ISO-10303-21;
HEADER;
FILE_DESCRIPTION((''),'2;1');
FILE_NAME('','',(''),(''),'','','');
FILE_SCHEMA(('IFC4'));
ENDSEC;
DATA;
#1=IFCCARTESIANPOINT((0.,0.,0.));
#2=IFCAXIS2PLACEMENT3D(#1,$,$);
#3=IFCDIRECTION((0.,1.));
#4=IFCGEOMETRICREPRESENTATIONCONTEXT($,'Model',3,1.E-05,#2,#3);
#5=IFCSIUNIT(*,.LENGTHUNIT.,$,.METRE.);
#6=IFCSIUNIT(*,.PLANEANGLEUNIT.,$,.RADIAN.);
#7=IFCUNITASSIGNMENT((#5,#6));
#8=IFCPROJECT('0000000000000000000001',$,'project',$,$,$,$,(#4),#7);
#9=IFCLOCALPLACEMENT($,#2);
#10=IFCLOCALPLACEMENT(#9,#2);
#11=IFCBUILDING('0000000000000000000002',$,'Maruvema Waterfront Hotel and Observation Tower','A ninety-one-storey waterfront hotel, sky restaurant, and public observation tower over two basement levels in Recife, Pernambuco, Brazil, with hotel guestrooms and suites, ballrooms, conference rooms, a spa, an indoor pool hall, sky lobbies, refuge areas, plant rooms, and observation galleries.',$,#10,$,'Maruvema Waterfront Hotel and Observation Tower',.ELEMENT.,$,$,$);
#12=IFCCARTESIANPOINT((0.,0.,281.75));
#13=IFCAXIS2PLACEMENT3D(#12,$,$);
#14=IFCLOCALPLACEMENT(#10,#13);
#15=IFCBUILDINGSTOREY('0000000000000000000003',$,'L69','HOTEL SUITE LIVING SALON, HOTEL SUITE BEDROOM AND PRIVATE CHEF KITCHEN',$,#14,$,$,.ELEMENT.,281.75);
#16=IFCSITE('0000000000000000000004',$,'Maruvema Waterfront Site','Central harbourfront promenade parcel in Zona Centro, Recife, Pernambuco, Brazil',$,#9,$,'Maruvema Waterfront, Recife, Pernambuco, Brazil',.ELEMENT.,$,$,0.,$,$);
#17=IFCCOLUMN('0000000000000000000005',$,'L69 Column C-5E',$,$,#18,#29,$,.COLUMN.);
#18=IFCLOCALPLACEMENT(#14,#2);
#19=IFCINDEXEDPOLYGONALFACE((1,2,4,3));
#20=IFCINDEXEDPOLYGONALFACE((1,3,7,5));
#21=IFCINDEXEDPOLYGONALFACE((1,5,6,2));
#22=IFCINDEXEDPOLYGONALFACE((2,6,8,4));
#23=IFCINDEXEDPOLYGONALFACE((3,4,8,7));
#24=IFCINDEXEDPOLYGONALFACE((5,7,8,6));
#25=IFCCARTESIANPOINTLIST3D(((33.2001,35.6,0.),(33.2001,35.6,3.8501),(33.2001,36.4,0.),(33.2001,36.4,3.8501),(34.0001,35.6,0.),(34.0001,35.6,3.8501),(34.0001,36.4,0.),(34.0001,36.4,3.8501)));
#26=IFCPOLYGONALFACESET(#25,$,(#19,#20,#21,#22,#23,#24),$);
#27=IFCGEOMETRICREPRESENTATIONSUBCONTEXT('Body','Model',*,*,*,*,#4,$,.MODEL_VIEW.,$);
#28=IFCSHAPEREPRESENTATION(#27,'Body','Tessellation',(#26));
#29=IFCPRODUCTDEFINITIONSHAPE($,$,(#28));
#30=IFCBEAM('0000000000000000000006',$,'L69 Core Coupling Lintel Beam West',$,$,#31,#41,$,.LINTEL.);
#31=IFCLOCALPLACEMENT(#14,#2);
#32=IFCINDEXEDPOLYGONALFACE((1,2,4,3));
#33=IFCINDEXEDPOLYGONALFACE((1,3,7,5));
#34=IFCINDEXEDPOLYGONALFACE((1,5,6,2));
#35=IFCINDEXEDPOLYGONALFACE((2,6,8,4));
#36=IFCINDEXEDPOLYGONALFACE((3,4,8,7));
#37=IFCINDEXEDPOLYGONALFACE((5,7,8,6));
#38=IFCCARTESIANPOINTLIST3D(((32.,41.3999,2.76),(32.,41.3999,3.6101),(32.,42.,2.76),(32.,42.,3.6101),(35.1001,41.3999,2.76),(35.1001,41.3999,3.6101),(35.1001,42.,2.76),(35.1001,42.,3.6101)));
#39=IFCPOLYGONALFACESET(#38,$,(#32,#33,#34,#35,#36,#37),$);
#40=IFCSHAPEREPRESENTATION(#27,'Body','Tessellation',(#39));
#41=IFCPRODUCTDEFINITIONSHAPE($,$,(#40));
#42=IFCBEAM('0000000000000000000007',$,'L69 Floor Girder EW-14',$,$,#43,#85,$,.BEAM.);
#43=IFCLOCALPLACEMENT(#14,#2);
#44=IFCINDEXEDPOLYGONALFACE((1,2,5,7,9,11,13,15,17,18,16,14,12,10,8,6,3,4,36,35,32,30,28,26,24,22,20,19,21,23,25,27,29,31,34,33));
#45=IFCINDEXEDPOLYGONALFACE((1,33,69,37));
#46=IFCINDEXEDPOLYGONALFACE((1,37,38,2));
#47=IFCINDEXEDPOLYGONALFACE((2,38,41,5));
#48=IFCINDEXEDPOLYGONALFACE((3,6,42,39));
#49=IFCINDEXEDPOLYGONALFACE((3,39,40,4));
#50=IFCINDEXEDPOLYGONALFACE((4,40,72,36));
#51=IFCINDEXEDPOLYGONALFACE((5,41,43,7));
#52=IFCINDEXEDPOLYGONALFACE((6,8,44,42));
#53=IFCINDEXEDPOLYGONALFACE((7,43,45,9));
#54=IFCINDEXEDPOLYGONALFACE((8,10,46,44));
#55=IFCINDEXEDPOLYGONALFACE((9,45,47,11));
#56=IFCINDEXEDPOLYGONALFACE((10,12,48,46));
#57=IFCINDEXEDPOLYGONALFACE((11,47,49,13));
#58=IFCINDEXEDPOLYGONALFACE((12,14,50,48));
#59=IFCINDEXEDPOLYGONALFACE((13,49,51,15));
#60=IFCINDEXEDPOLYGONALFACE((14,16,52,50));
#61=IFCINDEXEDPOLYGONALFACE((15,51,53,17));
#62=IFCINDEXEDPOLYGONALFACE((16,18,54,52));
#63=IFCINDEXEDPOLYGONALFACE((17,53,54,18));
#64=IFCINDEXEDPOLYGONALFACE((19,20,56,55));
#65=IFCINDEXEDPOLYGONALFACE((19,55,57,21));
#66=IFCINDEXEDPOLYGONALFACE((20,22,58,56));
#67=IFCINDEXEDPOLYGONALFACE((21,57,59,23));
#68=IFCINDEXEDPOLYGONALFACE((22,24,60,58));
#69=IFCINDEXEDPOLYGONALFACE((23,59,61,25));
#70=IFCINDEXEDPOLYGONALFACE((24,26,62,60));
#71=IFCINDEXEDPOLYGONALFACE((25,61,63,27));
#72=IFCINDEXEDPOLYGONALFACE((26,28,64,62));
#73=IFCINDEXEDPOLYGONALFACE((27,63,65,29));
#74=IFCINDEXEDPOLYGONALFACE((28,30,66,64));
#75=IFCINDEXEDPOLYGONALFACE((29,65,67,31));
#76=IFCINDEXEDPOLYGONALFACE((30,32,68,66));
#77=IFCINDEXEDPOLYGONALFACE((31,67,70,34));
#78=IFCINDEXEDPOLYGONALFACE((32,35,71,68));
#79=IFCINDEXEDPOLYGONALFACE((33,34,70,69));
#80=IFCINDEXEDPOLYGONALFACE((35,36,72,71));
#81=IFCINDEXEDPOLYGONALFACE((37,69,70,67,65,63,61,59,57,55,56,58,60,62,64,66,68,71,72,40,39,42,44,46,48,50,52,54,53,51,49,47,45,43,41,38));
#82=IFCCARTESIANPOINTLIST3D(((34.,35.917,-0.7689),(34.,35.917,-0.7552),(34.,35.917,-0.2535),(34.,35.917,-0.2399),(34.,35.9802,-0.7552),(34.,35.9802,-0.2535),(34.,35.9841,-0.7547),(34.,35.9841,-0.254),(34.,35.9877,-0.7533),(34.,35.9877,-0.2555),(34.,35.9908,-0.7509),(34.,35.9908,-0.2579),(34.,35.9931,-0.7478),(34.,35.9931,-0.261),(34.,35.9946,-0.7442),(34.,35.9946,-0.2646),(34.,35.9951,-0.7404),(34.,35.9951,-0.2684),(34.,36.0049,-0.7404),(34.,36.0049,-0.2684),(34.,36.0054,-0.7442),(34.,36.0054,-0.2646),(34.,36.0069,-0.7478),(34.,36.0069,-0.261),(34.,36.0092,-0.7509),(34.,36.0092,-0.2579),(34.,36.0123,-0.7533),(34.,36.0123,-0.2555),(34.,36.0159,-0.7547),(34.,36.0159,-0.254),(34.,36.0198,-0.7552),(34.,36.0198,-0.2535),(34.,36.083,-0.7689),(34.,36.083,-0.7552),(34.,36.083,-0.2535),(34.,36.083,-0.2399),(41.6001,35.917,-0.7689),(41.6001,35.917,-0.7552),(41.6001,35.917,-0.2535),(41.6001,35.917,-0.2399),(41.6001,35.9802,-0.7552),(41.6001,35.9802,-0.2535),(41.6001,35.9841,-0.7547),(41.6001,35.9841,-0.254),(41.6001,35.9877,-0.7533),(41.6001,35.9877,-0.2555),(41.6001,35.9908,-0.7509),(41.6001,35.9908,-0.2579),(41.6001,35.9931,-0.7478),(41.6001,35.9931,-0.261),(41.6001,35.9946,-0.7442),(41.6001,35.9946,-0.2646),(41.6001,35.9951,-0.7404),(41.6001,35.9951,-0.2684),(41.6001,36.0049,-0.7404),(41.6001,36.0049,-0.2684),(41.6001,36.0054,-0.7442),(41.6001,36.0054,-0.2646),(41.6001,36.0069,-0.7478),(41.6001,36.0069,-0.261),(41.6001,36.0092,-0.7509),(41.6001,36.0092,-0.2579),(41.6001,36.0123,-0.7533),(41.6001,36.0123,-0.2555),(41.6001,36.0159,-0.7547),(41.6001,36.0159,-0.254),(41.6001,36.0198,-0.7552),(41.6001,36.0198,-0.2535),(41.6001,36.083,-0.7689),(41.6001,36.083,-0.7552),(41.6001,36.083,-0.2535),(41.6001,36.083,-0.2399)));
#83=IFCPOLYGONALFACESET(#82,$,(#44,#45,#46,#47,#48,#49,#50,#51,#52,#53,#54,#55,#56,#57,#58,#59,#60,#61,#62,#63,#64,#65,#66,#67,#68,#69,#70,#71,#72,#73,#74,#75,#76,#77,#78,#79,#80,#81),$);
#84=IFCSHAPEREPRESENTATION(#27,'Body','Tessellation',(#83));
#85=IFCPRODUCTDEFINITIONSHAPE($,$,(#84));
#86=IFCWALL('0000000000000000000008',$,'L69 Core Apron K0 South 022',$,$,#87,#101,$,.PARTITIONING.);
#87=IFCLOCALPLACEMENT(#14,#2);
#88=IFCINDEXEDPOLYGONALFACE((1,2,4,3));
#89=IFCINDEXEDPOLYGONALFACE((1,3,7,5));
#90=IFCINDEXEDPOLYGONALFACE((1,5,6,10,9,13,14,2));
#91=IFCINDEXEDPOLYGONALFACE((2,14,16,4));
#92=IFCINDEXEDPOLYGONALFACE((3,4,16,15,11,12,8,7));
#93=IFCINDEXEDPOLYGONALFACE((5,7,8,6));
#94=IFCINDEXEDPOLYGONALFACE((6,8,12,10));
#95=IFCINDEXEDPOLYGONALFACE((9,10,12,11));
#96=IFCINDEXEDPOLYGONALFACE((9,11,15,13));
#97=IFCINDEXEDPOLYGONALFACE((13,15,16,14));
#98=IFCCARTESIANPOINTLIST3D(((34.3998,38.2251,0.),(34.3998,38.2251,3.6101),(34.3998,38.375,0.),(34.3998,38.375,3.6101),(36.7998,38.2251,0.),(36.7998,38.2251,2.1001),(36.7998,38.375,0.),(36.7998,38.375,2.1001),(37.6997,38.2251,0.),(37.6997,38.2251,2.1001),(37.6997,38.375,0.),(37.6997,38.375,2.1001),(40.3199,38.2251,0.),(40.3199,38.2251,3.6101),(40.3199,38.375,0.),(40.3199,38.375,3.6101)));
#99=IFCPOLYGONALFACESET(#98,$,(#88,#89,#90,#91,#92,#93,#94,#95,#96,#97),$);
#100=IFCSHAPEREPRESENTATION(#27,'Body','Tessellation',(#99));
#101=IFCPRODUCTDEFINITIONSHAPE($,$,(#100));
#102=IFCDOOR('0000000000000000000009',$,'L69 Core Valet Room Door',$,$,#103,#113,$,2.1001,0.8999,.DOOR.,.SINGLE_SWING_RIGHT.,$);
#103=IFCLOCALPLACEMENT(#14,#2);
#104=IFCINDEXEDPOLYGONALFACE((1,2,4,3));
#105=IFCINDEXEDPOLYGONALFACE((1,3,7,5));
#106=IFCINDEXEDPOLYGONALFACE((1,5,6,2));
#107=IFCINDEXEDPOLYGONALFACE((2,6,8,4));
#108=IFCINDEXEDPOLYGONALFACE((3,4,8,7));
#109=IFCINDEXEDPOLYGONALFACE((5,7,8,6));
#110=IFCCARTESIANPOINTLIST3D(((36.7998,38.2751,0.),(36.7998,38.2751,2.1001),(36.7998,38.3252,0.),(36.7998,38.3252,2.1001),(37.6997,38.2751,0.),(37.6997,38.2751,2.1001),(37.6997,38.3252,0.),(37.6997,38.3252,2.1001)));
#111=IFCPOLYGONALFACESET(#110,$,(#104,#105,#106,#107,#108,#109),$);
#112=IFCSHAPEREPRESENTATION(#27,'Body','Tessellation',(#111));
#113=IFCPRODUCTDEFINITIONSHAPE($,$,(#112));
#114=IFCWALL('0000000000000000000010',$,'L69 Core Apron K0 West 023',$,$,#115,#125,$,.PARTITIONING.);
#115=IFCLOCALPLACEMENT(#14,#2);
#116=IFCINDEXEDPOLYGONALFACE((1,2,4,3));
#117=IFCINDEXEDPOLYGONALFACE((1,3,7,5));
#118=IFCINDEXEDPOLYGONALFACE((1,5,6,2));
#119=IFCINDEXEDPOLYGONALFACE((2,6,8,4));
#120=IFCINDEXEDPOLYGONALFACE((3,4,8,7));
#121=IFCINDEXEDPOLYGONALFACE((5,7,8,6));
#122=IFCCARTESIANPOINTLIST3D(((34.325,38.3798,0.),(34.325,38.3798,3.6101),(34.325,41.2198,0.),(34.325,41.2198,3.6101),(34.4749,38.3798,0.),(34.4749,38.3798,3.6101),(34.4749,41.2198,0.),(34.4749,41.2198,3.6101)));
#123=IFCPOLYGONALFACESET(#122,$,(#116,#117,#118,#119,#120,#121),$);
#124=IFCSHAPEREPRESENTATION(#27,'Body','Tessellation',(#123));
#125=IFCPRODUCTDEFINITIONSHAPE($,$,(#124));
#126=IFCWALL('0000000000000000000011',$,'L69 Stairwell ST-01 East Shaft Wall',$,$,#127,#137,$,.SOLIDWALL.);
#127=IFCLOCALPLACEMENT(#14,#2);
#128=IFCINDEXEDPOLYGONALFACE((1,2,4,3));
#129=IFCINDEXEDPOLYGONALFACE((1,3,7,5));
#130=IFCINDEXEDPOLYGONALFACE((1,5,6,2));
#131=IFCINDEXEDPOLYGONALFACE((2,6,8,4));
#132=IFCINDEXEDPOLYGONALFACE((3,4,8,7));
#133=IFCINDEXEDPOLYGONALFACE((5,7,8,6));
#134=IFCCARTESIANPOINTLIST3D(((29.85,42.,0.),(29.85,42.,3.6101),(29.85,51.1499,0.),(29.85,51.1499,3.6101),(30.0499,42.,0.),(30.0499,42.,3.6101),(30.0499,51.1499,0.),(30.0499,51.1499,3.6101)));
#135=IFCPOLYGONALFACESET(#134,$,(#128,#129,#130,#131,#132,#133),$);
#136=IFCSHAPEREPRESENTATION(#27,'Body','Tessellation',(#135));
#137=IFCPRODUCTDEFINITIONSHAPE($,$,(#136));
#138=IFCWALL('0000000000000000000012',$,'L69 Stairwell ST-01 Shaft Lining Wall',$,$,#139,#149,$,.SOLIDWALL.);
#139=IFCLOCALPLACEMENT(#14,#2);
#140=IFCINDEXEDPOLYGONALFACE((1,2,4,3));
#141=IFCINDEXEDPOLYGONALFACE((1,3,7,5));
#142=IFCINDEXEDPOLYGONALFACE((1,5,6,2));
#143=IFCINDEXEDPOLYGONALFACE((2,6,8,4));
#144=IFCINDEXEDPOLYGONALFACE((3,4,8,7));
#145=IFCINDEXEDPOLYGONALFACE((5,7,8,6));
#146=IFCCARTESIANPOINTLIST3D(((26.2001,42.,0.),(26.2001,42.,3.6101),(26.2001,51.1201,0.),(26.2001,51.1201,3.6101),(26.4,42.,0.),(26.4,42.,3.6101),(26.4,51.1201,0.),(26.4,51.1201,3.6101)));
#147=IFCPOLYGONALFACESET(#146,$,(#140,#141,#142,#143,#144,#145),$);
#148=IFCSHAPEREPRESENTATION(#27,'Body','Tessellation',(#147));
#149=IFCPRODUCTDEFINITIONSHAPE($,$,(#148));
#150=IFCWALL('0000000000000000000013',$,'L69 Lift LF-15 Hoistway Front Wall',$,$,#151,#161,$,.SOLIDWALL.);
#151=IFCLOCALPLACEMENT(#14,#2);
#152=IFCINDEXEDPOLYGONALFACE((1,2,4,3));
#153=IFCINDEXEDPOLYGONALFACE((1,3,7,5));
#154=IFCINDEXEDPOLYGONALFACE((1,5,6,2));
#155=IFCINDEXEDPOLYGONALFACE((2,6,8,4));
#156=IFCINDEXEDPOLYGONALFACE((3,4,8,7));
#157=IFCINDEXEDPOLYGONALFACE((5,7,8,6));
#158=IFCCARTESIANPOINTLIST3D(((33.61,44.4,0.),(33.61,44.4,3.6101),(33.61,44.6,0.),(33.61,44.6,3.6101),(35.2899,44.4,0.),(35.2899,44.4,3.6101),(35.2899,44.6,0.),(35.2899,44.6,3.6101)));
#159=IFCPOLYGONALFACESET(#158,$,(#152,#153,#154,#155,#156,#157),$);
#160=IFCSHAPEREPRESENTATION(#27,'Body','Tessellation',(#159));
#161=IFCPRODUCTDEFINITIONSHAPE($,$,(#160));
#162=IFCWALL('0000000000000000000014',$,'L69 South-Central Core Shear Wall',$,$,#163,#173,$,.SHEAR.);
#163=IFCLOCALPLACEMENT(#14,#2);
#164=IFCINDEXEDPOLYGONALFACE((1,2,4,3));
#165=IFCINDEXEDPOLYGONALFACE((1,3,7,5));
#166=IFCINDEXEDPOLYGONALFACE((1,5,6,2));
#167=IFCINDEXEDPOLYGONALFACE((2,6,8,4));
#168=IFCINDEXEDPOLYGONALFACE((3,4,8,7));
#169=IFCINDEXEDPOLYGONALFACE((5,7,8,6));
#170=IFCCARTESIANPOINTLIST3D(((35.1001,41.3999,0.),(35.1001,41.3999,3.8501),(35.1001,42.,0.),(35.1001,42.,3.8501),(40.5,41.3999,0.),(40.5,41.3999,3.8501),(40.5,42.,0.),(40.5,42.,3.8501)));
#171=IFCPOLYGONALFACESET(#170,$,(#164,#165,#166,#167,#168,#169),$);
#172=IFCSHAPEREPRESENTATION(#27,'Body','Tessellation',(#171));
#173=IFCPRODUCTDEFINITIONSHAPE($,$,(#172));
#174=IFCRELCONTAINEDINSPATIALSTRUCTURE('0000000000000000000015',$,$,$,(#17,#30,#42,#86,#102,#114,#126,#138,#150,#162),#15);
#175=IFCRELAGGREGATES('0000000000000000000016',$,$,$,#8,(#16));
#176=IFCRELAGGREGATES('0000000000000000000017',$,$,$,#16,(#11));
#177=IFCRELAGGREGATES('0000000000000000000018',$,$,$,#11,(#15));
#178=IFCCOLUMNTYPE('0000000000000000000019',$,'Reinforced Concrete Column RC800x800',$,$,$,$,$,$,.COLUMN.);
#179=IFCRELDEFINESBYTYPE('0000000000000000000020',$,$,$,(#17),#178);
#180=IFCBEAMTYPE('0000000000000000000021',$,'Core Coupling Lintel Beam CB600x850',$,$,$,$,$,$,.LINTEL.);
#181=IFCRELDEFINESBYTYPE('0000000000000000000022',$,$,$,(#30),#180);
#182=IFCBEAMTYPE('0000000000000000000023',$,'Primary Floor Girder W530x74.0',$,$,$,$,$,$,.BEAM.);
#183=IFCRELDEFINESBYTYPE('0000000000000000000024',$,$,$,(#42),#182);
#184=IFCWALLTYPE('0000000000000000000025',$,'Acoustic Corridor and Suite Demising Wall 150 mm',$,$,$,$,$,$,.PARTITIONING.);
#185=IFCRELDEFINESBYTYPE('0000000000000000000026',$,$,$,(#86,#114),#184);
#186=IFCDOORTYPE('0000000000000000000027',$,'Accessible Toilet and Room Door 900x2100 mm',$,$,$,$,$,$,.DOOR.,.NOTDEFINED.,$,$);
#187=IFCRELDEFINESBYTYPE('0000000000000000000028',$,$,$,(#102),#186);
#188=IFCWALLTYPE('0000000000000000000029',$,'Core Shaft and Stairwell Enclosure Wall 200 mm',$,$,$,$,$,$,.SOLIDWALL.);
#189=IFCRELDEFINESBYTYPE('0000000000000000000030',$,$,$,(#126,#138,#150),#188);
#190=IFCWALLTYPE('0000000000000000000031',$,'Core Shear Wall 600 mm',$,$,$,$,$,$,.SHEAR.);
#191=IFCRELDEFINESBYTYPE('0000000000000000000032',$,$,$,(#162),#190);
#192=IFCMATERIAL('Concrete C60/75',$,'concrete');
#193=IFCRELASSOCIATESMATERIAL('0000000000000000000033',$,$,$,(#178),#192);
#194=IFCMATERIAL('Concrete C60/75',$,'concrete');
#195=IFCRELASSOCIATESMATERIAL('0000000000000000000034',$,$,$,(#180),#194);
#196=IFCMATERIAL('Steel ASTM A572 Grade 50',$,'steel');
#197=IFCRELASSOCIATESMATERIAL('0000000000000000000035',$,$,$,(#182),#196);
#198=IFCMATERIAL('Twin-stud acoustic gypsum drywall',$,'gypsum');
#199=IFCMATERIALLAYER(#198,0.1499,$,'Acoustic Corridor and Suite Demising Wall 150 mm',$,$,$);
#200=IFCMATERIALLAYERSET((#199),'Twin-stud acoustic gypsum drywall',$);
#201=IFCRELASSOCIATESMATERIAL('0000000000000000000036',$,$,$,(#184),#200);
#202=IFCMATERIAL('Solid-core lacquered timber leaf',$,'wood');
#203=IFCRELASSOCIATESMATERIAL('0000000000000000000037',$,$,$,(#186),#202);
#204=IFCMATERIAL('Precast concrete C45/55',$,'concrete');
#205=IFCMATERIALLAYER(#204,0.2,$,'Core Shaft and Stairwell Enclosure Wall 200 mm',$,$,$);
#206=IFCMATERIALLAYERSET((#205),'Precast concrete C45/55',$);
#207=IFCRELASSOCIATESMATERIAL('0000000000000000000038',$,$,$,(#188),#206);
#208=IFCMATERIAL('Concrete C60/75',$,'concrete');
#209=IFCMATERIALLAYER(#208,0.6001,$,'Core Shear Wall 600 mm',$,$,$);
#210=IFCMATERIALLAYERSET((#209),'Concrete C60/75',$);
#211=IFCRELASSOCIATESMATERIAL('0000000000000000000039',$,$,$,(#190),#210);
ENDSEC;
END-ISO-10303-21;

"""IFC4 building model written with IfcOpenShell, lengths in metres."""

from ifc_helpers import new_model, si_unit, direction, frame, frame_2d, origin, origin_2d, place, context, subcontext, project, spatial, rectangle, i_section, extrude, material, layer, layer_set, material_profile, profile_set, type_object, element, fill, save


model = new_model("IFC4")

# Units and contexts
model_context = context("Model", 3, precision=1e-05, world=origin(), true_north=direction((0.0, 1.0)))
body_context = subcontext(model_context, "Body", "Model", "MODEL_VIEW")
ifc_project = project(units=[si_unit("LENGTHUNIT", "METRE"), si_unit("PLANEANGLEUNIT", "RADIAN")], contexts=[model_context])

# Site, building, storey
site_placement = place(None, origin())
site = spatial("IfcSite", under=ifc_project, at=site_placement, Name="Maruvema Waterfront Site", Description="Central harbourfront promenade parcel in Zona Centro, Recife, Pernambuco, Brazil", LongName="Maruvema Waterfront, Recife, Pernambuco, Brazil", CompositionType="ELEMENT", RefElevation=0.0)
building_placement = place(site_placement, origin())
building = spatial("IfcBuilding", under=site, at=building_placement, Name="Maruvema Waterfront Hotel and Observation Tower", Description="A ninety-one-storey waterfront hotel, sky restaurant, and public observation tower over two basement levels in Recife, Pernambuco, Brazil, with hotel guestrooms and suites, ballrooms, conference rooms, a spa, an indoor pool hall, sky lobbies, refuge areas, plant rooms, and observation galleries.", LongName="Maruvema Waterfront Hotel and Observation Tower", CompositionType="ELEMENT")
storey_placement = place(building_placement, frame((0.0, 0.0, 281.75)))
storey = spatial("IfcBuildingStorey", under=building, at=storey_placement, Name="L69", Description="HOTEL SUITE LIVING SALON, HOTEL SUITE BEDROOM AND PRIVATE CHEF KITCHEN", CompositionType="ELEMENT", Elevation=281.75)

# Column
ifc_material_1 = material(Name="Concrete C60/75", Category="concrete")
ifc_material_profile_1 = material_profile(ifc_material_1, rectangle(XDim=0.8, YDim=0.8, at=origin_2d()), Name="RC800x800")
ifc_profile_set_1 = profile_set([ifc_material_profile_1], Name="Concrete C60/75")
column_type = type_object("IfcColumnType", Name="Reinforced Concrete Column RC800x800", PredefinedType="COLUMN", material=ifc_profile_set_1)
column_placement = place(storey_placement, frame((33.6001, 36.0, 0.0), z_axis=(0.0, 0.0, 1.0), x_axis=(1.0, 0.0, 0.0)))
element("IfcColumn", 1, at=column_placement, inside=storey, type_object=column_type, Name="L69 Column C-5E", PredefinedType="COLUMN", context=body_context, shape_type="SweptSolid", body=[
    extrude(rectangle(XDim=0.8, YDim=0.8, at=origin_2d()), origin(), (0.0, 0.0, 1.0), 3.8501),
])

# Beams
ifc_material_2 = material(Name="Concrete C60/75", Category="concrete")
ifc_material_profile_2 = material_profile(ifc_material_2, rectangle(XDim=0.6001, YDim=0.8501, at=origin_2d()), Name="CB600x850")
ifc_profile_set_2 = profile_set([ifc_material_profile_2], Name="Concrete C60/75")
beam_type_1 = type_object("IfcBeamType", Name="Core Coupling Lintel Beam CB600x850", PredefinedType="LINTEL", material=ifc_profile_set_2)
beam_1_placement = place(storey_placement, frame((32.0, 41.7, 3.1851), z_axis=(1.0, 0.0, 0.0), x_axis=(0.0, 1.0, 0.0)))
element("IfcBeam", 2, at=beam_1_placement, inside=storey, type_object=beam_type_1, Name="L69 Core Coupling Lintel Beam West", PredefinedType="LINTEL", context=body_context, shape_type="SweptSolid", body=[
    extrude(rectangle(XDim=0.6001, YDim=0.8501, at=origin_2d()), origin(), (0.0, 0.0, 1.0), 3.1001),
])
ifc_material_3 = material(Name="Steel ASTM A572 Grade 50", Category="steel")
ifc_material_profile_3 = material_profile(ifc_material_3, i_section(OverallWidth=0.166, OverallDepth=0.5291, WebThickness=0.0098, FlangeThickness=0.0137, FilletRadius=0.0149, at=origin_2d()), Name="W530x74.0")
ifc_profile_set_3 = profile_set([ifc_material_profile_3], Name="Steel ASTM A572 Grade 50")
beam_type_2 = type_object("IfcBeamType", Name="Primary Floor Girder W530x74.0", PredefinedType="BEAM", material=ifc_profile_set_3)
beam_2_placement = place(storey_placement, frame((34.0, 36.0, -0.5044), z_axis=(1.0, 0.0, 0.0), x_axis=(0.0, 1.0, 0.0)))
element("IfcBeam", 3, at=beam_2_placement, inside=storey, type_object=beam_type_2, Name="L69 Floor Girder EW-14", PredefinedType="BEAM", context=body_context, shape_type="SweptSolid", body=[
    extrude(i_section(OverallWidth=0.166, OverallDepth=0.5291, WebThickness=0.0098, FlangeThickness=0.0137, FilletRadius=0.0149, at=origin_2d()), origin(), (0.0, 0.0, 1.0), 7.6001),
])

# Wall, opening, door
ifc_material_4 = material(Name="Twin-stud acoustic gypsum drywall", Category="gypsum")
ifc_layer_1 = layer(ifc_material_4, 0.1499, Name="Acoustic Corridor and Suite Demising Wall 150 mm")
ifc_layer_set_1 = layer_set([ifc_layer_1], Name="Twin-stud acoustic gypsum drywall")
wall_type_1 = type_object("IfcWallType", Name="Acoustic Corridor and Suite Demising Wall 150 mm", PredefinedType="PARTITIONING", material=ifc_layer_set_1)
wall_1_placement = place(storey_placement, frame((34.3999, 38.3, 0.0), z_axis=(0.0, 0.0, 1.0), x_axis=(1.0, 0.0, 0.0)))
wall_1 = element("IfcWall", 4, at=wall_1_placement, inside=storey, type_object=wall_type_1, Name="L69 Core Apron K0 South 022", PredefinedType="PARTITIONING", context=body_context, shape_type="SweptSolid", body=[
    extrude(rectangle(XDim=5.9202, YDim=0.1499, at=frame_2d((2.96, 0.0))), origin(), (0.0, 0.0, 1.0), 3.6101),
])
opening_1_placement = place(wall_1_placement, frame((2.3999, 0.0, 0.0)))
opening_1 = element("IfcOpeningElement", 5, at=opening_1_placement, cuts=wall_1, PredefinedType="OPENING", context=body_context, shape_type="SweptSolid", body=[
    extrude(rectangle(XDim=0.8999, YDim=2.1001, at=frame_2d((0.45, 1.05))), frame((0.0, 0.085, 0.0), z_axis=(0.0, -1.0, 0.0), x_axis=(1.0, 0.0, 0.0)), (0.0, 0.0, 1.0), 0.1699),
])
ifc_material_5 = material(Name="Solid-core lacquered timber leaf", Category="wood")
door_type_1 = type_object("IfcDoorType", Name="Accessible Toilet and Room Door 900x2100 mm", OperationType="NOTDEFINED", PredefinedType="DOOR", material=ifc_material_5)
door_1_placement = place(opening_1_placement, frame((0.8999, 0.0, 0.0), z_axis=(0.0, 0.0, 1.0), x_axis=(-1.0, 0.0, 0.0)))
door_1 = element("IfcDoor", 6, at=door_1_placement, inside=storey, type_object=door_type_1, Name="L69 Core Valet Room Door", OperationType="SINGLE_SWING_RIGHT", OverallHeight=2.1001, OverallWidth=0.8999, PredefinedType="DOOR", context=body_context, shape_type="SweptSolid", body=[
    extrude(rectangle(XDim=0.8999, YDim=2.1001, at=frame_2d((0.45, 1.05))), frame((0.0, 0.0249, 0.0), z_axis=(0.0, -1.0, 0.0), x_axis=(1.0, 0.0, 0.0)), (0.0, 0.0, 1.0), 0.05),
])
fill(opening_1, door_1)

# Walls
wall_2_placement = place(storey_placement, frame((34.3999, 38.3799, 0.0), z_axis=(0.0, 0.0, 1.0), x_axis=(0.0, 1.0, 0.0)))
element("IfcWall", 7, at=wall_2_placement, inside=storey, type_object=wall_type_1, Name="L69 Core Apron K0 West 023", PredefinedType="PARTITIONING", context=body_context, shape_type="SweptSolid", body=[
    extrude(rectangle(XDim=2.8401, YDim=0.1499, at=frame_2d((1.4199, 0.0))), origin(), (0.0, 0.0, 1.0), 3.6101),
])
ifc_material_6 = material(Name="Precast concrete C45/55", Category="concrete")
ifc_layer_2 = layer(ifc_material_6, 0.2, Name="Core Shaft and Stairwell Enclosure Wall 200 mm")
ifc_layer_set_2 = layer_set([ifc_layer_2], Name="Precast concrete C45/55")
wall_type_2 = type_object("IfcWallType", Name="Core Shaft and Stairwell Enclosure Wall 200 mm", PredefinedType="SOLIDWALL", material=ifc_layer_set_2)
wall_3_placement = place(storey_placement, frame((29.95, 42.0, 0.0), z_axis=(0.0, 0.0, 1.0), x_axis=(0.0, 1.0, 0.0)))
element("IfcWall", 8, at=wall_3_placement, inside=storey, type_object=wall_type_2, Name="L69 Stairwell ST-01 East Shaft Wall", PredefinedType="SOLIDWALL", context=body_context, shape_type="SweptSolid", body=[
    extrude(rectangle(XDim=9.1499, YDim=0.2, at=frame_2d((4.575, 0.0))), origin(), (0.0, 0.0, 1.0), 3.6101),
])
wall_4_placement = place(storey_placement, frame((26.3, 42.0, 0.0), z_axis=(0.0, 0.0, 1.0), x_axis=(0.0, 1.0, 0.0)))
element("IfcWall", 9, at=wall_4_placement, inside=storey, type_object=wall_type_2, Name="L69 Stairwell ST-01 Shaft Lining Wall", PredefinedType="SOLIDWALL", context=body_context, shape_type="SweptSolid", body=[
    extrude(rectangle(XDim=9.1201, YDim=0.2, at=frame_2d((4.5601, 0.0))), origin(), (0.0, 0.0, 1.0), 3.6101),
])
wall_5_placement = place(storey_placement, frame((33.6101, 44.5, 0.0), z_axis=(0.0, 0.0, 1.0), x_axis=(1.0, 0.0, 0.0)))
element("IfcWall", 10, at=wall_5_placement, inside=storey, type_object=wall_type_2, Name="L69 Lift LF-15 Hoistway Front Wall", PredefinedType="SOLIDWALL", context=body_context, shape_type="SweptSolid", body=[
    extrude(rectangle(XDim=1.6799, YDim=0.2, at=frame_2d((0.8398, 0.0))), origin(), (0.0, 0.0, 1.0), 3.6101),
])
ifc_material_7 = material(Name="Concrete C60/75", Category="concrete")
ifc_layer_3 = layer(ifc_material_7, 0.6001, Name="Core Shear Wall 600 mm")
ifc_layer_set_3 = layer_set([ifc_layer_3], Name="Concrete C60/75")
wall_type_3 = type_object("IfcWallType", Name="Core Shear Wall 600 mm", PredefinedType="SHEAR", material=ifc_layer_set_3)
wall_6_placement = place(storey_placement, frame((35.1001, 41.7, 0.0), z_axis=(0.0, 0.0, 1.0), x_axis=(1.0, 0.0, 0.0)))
element("IfcWall", 11, at=wall_6_placement, inside=storey, type_object=wall_type_3, Name="L69 South-Central Core Shear Wall", PredefinedType="SHEAR", context=body_context, shape_type="SweptSolid", body=[
    extrude(rectangle(XDim=5.3999, YDim=0.6001, at=frame_2d((2.7, 0.0))), origin(), (0.0, 0.0, 1.0), 3.8501),
])

save(model, "model.ifc")
